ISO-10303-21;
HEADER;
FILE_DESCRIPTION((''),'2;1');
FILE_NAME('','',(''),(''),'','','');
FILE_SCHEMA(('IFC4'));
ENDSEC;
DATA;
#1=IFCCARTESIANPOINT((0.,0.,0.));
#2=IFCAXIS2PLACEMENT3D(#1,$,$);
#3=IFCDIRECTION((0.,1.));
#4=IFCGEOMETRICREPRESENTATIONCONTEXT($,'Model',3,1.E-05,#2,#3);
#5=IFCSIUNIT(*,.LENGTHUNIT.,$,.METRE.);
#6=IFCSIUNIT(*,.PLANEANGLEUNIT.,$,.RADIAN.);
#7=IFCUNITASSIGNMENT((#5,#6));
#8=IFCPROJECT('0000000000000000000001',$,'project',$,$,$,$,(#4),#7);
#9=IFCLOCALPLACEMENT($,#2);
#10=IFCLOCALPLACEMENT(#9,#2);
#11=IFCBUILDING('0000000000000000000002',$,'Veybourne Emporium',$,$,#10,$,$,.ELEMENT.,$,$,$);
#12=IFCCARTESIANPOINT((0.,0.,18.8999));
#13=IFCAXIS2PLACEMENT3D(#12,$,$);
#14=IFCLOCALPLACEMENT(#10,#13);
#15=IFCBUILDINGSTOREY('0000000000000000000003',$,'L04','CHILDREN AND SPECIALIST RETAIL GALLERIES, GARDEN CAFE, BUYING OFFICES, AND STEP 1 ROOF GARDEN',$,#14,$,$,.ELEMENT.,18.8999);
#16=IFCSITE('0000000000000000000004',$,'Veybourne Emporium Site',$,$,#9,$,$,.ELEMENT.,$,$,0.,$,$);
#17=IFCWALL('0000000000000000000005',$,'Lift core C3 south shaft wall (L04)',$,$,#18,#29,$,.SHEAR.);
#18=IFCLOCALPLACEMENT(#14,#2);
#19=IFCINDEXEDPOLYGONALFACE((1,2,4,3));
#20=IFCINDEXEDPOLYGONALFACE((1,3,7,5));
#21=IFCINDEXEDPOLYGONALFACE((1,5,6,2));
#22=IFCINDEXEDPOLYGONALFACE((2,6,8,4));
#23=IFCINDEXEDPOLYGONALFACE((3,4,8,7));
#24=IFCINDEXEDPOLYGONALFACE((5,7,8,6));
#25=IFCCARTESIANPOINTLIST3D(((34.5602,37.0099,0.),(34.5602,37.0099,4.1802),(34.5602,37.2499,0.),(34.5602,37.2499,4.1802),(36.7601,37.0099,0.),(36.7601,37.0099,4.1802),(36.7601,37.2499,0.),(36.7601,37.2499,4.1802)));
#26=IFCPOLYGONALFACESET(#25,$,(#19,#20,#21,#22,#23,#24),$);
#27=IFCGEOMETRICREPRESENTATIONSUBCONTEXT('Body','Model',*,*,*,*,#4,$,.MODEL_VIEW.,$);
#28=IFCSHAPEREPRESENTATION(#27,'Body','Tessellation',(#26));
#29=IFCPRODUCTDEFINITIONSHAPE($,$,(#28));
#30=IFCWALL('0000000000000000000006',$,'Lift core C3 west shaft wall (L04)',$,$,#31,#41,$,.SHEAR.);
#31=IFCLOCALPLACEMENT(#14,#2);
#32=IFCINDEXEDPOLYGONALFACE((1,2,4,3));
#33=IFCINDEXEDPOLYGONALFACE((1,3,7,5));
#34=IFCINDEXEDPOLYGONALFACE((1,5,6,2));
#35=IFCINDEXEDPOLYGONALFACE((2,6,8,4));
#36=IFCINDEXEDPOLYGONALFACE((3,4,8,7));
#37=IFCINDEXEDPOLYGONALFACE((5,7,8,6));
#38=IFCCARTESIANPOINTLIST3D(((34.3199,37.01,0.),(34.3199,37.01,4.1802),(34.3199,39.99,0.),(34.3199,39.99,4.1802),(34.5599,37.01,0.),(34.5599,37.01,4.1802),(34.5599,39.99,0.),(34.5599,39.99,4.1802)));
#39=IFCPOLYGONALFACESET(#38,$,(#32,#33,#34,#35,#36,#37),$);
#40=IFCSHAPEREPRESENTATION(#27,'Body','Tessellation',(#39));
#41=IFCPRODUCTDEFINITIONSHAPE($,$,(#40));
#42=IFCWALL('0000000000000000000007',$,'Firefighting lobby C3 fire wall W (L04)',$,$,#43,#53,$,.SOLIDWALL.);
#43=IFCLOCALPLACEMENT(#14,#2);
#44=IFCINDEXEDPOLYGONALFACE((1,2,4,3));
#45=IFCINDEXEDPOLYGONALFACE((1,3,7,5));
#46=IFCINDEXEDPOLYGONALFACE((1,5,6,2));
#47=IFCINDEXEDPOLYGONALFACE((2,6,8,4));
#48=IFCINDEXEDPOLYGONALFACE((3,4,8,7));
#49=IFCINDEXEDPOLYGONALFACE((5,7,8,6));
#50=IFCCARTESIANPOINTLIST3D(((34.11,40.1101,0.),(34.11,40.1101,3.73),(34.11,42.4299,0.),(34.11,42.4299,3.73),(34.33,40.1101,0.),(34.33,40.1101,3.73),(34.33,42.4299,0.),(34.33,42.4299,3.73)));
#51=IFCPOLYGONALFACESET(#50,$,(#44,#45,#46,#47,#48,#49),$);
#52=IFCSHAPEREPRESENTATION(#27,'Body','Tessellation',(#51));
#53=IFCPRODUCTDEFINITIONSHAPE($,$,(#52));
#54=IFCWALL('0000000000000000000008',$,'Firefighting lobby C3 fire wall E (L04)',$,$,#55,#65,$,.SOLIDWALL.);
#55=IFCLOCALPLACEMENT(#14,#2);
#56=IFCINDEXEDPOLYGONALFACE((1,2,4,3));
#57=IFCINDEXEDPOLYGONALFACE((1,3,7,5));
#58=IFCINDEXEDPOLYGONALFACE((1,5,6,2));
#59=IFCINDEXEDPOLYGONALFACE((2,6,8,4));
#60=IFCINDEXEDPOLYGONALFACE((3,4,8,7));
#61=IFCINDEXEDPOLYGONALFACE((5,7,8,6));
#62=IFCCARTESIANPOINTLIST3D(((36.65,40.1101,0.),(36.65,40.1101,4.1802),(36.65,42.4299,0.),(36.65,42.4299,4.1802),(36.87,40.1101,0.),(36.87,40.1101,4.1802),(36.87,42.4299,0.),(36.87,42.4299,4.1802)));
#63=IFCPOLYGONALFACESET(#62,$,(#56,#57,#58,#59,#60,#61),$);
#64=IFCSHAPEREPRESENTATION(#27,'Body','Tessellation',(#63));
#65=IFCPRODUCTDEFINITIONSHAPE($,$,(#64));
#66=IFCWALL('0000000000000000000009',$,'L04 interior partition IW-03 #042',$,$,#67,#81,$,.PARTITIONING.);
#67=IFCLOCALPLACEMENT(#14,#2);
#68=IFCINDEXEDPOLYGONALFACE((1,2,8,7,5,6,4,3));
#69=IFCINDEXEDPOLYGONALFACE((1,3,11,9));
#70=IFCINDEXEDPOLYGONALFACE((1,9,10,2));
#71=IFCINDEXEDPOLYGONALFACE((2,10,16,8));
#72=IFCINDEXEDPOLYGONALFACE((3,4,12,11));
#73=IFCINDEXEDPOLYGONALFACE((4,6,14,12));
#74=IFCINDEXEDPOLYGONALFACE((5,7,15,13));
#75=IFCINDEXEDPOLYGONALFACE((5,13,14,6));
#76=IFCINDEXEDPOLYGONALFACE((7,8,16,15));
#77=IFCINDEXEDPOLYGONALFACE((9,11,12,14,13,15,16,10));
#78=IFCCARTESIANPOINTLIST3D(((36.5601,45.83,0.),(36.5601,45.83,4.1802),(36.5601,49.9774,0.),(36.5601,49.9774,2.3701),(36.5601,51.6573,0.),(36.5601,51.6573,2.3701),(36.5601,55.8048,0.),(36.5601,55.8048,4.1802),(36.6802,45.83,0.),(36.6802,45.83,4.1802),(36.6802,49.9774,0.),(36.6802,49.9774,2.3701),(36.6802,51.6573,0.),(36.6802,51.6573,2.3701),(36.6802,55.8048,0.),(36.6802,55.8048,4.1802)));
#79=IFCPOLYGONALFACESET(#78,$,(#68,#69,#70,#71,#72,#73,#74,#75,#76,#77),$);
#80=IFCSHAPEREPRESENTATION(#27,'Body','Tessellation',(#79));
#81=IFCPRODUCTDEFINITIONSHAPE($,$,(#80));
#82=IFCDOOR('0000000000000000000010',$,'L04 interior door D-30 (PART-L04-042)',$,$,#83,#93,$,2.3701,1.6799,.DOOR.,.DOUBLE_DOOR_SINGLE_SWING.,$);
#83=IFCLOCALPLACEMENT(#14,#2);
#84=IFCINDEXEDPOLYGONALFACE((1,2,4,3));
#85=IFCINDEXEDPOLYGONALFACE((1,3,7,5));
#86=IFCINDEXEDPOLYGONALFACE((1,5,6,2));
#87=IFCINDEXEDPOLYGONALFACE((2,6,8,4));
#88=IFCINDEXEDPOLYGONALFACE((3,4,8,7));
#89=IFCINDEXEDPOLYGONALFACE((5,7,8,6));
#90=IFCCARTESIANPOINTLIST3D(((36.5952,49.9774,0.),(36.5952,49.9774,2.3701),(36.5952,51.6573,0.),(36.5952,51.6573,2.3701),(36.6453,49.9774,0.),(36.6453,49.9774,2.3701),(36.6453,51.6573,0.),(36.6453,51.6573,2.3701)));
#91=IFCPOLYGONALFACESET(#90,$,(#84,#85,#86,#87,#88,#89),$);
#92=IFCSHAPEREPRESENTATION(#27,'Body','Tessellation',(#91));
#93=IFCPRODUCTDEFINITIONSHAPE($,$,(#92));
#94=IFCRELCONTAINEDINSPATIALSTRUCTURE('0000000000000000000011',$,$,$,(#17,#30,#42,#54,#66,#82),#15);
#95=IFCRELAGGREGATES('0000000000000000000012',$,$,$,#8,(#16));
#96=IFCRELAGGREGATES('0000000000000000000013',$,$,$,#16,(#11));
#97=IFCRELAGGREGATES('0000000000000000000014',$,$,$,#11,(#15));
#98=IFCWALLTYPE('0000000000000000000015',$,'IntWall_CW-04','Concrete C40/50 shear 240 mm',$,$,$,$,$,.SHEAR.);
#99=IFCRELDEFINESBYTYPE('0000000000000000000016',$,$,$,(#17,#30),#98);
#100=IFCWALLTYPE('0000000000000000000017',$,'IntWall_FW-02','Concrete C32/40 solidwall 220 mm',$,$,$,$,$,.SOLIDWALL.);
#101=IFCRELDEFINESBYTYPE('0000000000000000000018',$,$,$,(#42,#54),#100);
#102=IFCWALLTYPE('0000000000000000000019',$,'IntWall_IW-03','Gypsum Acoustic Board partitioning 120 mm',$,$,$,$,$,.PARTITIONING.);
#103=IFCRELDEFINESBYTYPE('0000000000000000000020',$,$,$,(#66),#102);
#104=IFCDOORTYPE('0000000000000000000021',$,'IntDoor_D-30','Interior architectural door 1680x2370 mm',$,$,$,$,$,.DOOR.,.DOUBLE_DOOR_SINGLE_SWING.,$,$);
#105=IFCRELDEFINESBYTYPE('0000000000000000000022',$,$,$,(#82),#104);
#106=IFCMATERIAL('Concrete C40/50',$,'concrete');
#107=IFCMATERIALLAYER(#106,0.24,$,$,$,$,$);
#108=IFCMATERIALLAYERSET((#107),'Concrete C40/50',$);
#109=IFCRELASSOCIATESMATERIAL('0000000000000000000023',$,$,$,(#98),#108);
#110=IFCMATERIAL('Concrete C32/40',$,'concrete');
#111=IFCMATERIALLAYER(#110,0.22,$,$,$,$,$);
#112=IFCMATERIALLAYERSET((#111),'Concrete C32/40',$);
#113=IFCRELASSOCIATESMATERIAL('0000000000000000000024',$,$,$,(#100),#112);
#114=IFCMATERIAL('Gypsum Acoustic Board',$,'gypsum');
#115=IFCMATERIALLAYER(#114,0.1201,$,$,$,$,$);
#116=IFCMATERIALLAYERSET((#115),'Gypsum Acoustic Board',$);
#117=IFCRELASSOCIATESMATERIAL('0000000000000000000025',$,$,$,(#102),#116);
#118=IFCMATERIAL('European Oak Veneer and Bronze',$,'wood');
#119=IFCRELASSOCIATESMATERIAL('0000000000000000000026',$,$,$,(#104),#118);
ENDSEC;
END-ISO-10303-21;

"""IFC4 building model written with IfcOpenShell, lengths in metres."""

from ifc_helpers import new_model, si_unit, direction, frame, frame_2d, origin, place, context, subcontext, project, spatial, rectangle, extrude, material, layer, layer_set, type_object, element, fill, save


model = new_model("IFC4")

# Units and contexts
model_context = context("Model", 3, precision=1e-05, world=origin(), true_north=direction((0.0, 1.0)))
body_context = subcontext(model_context, "Body", "Model", "MODEL_VIEW")
ifc_project = project(units=[si_unit("LENGTHUNIT", "METRE"), si_unit("PLANEANGLEUNIT", "RADIAN")], contexts=[model_context])

# Site, building, storey
site_placement = place(None, origin())
site = spatial("IfcSite", under=ifc_project, at=site_placement, Name="Veybourne Emporium Site", CompositionType="ELEMENT", RefElevation=0.0)
building_placement = place(site_placement, origin())
building = spatial("IfcBuilding", under=site, at=building_placement, Name="Veybourne Emporium", CompositionType="ELEMENT")
storey_placement = place(building_placement, frame((0.0, 0.0, 18.8999)))
storey = spatial("IfcBuildingStorey", under=building, at=storey_placement, Name="L04", Description="CHILDREN AND SPECIALIST RETAIL GALLERIES, GARDEN CAFE, BUYING OFFICES, AND STEP 1 ROOF GARDEN", CompositionType="ELEMENT", Elevation=18.8999)

# Shared definitions
ifc_material_1 = material(Name="Concrete C40/50", Category="concrete")

# Shared definitions
ifc_material_2 = material(Name="Concrete C32/40", Category="concrete")

# Shared definitions
ifc_layer_1 = layer(ifc_material_1, 0.24)
ifc_layer_set_1 = layer_set([ifc_layer_1], Name="Concrete C40/50")
wall_type_1 = type_object("IfcWallType", Name="IntWall_CW-04", Description="Concrete C40/50 shear 240 mm", PredefinedType="SHEAR", material=ifc_layer_set_1)

# Walls
wall_1_placement = place(storey_placement, frame((34.5601, 37.1299, 0.0), z_axis=(0.0, 0.0, 1.0), x_axis=(1.0, 0.0, 0.0)))
element("IfcWall", 1, at=wall_1_placement, inside=storey, type_object=wall_type_1, Name="Lift core C3 south shaft wall (L04)", PredefinedType="SHEAR", context=body_context, shape_type="SweptSolid", body=[
    extrude(rectangle(XDim=2.2, YDim=0.24, at=frame_2d((1.1001, 0.0))), origin(), (0.0, 0.0, 1.0), 4.1802),
])
wall_2_placement = place(storey_placement, frame((34.4399, 39.99, 0.0), z_axis=(0.0, 0.0, 1.0), x_axis=(0.0, -1.0, 0.0)))
element("IfcWall", 2, at=wall_2_placement, inside=storey, type_object=wall_type_1, Name="Lift core C3 west shaft wall (L04)", PredefinedType="SHEAR", context=body_context, shape_type="SweptSolid", body=[
    extrude(rectangle(XDim=2.98, YDim=0.24, at=frame_2d((1.49, 0.0))), origin(), (0.0, 0.0, 1.0), 4.1802),
])

# Shared definitions
ifc_layer_2 = layer(ifc_material_2, 0.22)
ifc_layer_set_2 = layer_set([ifc_layer_2], Name="Concrete C32/40")
wall_type_2 = type_object("IfcWallType", Name="IntWall_FW-02", Description="Concrete C32/40 solidwall 220 mm", PredefinedType="SOLIDWALL", material=ifc_layer_set_2)

# Walls
wall_3_placement = place(storey_placement, frame((34.22, 40.1101, 0.0), z_axis=(0.0, 0.0, 1.0), x_axis=(0.0, 1.0, 0.0)))
element("IfcWall", 3, at=wall_3_placement, inside=storey, type_object=wall_type_2, Name="Firefighting lobby C3 fire wall W (L04)", PredefinedType="SOLIDWALL", context=body_context, shape_type="SweptSolid", body=[
    extrude(rectangle(XDim=2.3198, YDim=0.22, at=frame_2d((1.1599, 0.0))), origin(), (0.0, 0.0, 1.0), 3.73),
])
wall_4_placement = place(storey_placement, frame((36.76, 40.1101, 0.0), z_axis=(0.0, 0.0, 1.0), x_axis=(0.0, 1.0, 0.0)))
element("IfcWall", 4, at=wall_4_placement, inside=storey, type_object=wall_type_2, Name="Firefighting lobby C3 fire wall E (L04)", PredefinedType="SOLIDWALL", context=body_context, shape_type="SweptSolid", body=[
    extrude(rectangle(XDim=2.3198, YDim=0.22, at=frame_2d((1.1599, 0.0))), origin(), (0.0, 0.0, 1.0), 4.1802),
])

# Wall, opening, door
ifc_material_3 = material(Name="Gypsum Acoustic Board", Category="gypsum")
ifc_material_4 = material(Name="European Oak Veneer and Bronze", Category="wood")
ifc_layer_3 = layer(ifc_material_3, 0.1201)
ifc_layer_set_3 = layer_set([ifc_layer_3], Name="Gypsum Acoustic Board")
wall_type_3 = type_object("IfcWallType", Name="IntWall_IW-03", Description="Gypsum Acoustic Board partitioning 120 mm", PredefinedType="PARTITIONING", material=ifc_layer_set_3)
wall_5_placement = place(storey_placement, frame((36.6201, 45.8301, 0.0), z_axis=(0.0, 0.0, 1.0), x_axis=(0.0, 1.0, 0.0)))
wall_5 = element("IfcWall", 5, at=wall_5_placement, inside=storey, type_object=wall_type_3, Name="L04 interior partition IW-03 #042", PredefinedType="PARTITIONING", context=body_context, shape_type="SweptSolid", body=[
    extrude(rectangle(XDim=9.9749, YDim=0.1201, at=frame_2d((4.9873, 0.0))), origin(), (0.0, 0.0, 1.0), 4.1802),
])
opening_1_placement = place(wall_5_placement, frame((4.1475, 0.0, 0.0)))
opening_1 = element("IfcOpeningElement", 6, at=opening_1_placement, cuts=wall_5, PredefinedType="OPENING", context=body_context, shape_type="SweptSolid", body=[
    extrude(rectangle(XDim=1.6799, YDim=2.3701, at=frame_2d((0.8398, 1.1851))), frame((0.0, 0.0801, 0.0), z_axis=(0.0, -1.0, 0.0), x_axis=(1.0, 0.0, 0.0)), (0.0, 0.0, 1.0), 0.1602),
])
door_type_1 = type_object("IfcDoorType", Name="IntDoor_D-30", Description="Interior architectural door 1680x2370 mm", OperationType="DOUBLE_DOOR_SINGLE_SWING", PredefinedType="DOOR", material=ifc_material_4)
door_1_placement = place(opening_1_placement, origin())
door_1 = element("IfcDoor", 7, at=door_1_placement, inside=storey, type_object=door_type_1, Name="L04 interior door D-30 (PART-L04-042)", OperationType="DOUBLE_DOOR_SINGLE_SWING", OverallHeight=2.3701, OverallWidth=1.6799, PredefinedType="DOOR", context=body_context, shape_type="SweptSolid", body=[
    extrude(rectangle(XDim=1.6799, YDim=2.3701, at=frame_2d((0.8398, 1.1851))), frame((0.0, 0.0249, 0.0), z_axis=(0.0, -1.0, 0.0), x_axis=(1.0, 0.0, 0.0)), (0.0, 0.0, 1.0), 0.05),
])
fill(opening_1, door_1)

save(model, "model.ifc")
